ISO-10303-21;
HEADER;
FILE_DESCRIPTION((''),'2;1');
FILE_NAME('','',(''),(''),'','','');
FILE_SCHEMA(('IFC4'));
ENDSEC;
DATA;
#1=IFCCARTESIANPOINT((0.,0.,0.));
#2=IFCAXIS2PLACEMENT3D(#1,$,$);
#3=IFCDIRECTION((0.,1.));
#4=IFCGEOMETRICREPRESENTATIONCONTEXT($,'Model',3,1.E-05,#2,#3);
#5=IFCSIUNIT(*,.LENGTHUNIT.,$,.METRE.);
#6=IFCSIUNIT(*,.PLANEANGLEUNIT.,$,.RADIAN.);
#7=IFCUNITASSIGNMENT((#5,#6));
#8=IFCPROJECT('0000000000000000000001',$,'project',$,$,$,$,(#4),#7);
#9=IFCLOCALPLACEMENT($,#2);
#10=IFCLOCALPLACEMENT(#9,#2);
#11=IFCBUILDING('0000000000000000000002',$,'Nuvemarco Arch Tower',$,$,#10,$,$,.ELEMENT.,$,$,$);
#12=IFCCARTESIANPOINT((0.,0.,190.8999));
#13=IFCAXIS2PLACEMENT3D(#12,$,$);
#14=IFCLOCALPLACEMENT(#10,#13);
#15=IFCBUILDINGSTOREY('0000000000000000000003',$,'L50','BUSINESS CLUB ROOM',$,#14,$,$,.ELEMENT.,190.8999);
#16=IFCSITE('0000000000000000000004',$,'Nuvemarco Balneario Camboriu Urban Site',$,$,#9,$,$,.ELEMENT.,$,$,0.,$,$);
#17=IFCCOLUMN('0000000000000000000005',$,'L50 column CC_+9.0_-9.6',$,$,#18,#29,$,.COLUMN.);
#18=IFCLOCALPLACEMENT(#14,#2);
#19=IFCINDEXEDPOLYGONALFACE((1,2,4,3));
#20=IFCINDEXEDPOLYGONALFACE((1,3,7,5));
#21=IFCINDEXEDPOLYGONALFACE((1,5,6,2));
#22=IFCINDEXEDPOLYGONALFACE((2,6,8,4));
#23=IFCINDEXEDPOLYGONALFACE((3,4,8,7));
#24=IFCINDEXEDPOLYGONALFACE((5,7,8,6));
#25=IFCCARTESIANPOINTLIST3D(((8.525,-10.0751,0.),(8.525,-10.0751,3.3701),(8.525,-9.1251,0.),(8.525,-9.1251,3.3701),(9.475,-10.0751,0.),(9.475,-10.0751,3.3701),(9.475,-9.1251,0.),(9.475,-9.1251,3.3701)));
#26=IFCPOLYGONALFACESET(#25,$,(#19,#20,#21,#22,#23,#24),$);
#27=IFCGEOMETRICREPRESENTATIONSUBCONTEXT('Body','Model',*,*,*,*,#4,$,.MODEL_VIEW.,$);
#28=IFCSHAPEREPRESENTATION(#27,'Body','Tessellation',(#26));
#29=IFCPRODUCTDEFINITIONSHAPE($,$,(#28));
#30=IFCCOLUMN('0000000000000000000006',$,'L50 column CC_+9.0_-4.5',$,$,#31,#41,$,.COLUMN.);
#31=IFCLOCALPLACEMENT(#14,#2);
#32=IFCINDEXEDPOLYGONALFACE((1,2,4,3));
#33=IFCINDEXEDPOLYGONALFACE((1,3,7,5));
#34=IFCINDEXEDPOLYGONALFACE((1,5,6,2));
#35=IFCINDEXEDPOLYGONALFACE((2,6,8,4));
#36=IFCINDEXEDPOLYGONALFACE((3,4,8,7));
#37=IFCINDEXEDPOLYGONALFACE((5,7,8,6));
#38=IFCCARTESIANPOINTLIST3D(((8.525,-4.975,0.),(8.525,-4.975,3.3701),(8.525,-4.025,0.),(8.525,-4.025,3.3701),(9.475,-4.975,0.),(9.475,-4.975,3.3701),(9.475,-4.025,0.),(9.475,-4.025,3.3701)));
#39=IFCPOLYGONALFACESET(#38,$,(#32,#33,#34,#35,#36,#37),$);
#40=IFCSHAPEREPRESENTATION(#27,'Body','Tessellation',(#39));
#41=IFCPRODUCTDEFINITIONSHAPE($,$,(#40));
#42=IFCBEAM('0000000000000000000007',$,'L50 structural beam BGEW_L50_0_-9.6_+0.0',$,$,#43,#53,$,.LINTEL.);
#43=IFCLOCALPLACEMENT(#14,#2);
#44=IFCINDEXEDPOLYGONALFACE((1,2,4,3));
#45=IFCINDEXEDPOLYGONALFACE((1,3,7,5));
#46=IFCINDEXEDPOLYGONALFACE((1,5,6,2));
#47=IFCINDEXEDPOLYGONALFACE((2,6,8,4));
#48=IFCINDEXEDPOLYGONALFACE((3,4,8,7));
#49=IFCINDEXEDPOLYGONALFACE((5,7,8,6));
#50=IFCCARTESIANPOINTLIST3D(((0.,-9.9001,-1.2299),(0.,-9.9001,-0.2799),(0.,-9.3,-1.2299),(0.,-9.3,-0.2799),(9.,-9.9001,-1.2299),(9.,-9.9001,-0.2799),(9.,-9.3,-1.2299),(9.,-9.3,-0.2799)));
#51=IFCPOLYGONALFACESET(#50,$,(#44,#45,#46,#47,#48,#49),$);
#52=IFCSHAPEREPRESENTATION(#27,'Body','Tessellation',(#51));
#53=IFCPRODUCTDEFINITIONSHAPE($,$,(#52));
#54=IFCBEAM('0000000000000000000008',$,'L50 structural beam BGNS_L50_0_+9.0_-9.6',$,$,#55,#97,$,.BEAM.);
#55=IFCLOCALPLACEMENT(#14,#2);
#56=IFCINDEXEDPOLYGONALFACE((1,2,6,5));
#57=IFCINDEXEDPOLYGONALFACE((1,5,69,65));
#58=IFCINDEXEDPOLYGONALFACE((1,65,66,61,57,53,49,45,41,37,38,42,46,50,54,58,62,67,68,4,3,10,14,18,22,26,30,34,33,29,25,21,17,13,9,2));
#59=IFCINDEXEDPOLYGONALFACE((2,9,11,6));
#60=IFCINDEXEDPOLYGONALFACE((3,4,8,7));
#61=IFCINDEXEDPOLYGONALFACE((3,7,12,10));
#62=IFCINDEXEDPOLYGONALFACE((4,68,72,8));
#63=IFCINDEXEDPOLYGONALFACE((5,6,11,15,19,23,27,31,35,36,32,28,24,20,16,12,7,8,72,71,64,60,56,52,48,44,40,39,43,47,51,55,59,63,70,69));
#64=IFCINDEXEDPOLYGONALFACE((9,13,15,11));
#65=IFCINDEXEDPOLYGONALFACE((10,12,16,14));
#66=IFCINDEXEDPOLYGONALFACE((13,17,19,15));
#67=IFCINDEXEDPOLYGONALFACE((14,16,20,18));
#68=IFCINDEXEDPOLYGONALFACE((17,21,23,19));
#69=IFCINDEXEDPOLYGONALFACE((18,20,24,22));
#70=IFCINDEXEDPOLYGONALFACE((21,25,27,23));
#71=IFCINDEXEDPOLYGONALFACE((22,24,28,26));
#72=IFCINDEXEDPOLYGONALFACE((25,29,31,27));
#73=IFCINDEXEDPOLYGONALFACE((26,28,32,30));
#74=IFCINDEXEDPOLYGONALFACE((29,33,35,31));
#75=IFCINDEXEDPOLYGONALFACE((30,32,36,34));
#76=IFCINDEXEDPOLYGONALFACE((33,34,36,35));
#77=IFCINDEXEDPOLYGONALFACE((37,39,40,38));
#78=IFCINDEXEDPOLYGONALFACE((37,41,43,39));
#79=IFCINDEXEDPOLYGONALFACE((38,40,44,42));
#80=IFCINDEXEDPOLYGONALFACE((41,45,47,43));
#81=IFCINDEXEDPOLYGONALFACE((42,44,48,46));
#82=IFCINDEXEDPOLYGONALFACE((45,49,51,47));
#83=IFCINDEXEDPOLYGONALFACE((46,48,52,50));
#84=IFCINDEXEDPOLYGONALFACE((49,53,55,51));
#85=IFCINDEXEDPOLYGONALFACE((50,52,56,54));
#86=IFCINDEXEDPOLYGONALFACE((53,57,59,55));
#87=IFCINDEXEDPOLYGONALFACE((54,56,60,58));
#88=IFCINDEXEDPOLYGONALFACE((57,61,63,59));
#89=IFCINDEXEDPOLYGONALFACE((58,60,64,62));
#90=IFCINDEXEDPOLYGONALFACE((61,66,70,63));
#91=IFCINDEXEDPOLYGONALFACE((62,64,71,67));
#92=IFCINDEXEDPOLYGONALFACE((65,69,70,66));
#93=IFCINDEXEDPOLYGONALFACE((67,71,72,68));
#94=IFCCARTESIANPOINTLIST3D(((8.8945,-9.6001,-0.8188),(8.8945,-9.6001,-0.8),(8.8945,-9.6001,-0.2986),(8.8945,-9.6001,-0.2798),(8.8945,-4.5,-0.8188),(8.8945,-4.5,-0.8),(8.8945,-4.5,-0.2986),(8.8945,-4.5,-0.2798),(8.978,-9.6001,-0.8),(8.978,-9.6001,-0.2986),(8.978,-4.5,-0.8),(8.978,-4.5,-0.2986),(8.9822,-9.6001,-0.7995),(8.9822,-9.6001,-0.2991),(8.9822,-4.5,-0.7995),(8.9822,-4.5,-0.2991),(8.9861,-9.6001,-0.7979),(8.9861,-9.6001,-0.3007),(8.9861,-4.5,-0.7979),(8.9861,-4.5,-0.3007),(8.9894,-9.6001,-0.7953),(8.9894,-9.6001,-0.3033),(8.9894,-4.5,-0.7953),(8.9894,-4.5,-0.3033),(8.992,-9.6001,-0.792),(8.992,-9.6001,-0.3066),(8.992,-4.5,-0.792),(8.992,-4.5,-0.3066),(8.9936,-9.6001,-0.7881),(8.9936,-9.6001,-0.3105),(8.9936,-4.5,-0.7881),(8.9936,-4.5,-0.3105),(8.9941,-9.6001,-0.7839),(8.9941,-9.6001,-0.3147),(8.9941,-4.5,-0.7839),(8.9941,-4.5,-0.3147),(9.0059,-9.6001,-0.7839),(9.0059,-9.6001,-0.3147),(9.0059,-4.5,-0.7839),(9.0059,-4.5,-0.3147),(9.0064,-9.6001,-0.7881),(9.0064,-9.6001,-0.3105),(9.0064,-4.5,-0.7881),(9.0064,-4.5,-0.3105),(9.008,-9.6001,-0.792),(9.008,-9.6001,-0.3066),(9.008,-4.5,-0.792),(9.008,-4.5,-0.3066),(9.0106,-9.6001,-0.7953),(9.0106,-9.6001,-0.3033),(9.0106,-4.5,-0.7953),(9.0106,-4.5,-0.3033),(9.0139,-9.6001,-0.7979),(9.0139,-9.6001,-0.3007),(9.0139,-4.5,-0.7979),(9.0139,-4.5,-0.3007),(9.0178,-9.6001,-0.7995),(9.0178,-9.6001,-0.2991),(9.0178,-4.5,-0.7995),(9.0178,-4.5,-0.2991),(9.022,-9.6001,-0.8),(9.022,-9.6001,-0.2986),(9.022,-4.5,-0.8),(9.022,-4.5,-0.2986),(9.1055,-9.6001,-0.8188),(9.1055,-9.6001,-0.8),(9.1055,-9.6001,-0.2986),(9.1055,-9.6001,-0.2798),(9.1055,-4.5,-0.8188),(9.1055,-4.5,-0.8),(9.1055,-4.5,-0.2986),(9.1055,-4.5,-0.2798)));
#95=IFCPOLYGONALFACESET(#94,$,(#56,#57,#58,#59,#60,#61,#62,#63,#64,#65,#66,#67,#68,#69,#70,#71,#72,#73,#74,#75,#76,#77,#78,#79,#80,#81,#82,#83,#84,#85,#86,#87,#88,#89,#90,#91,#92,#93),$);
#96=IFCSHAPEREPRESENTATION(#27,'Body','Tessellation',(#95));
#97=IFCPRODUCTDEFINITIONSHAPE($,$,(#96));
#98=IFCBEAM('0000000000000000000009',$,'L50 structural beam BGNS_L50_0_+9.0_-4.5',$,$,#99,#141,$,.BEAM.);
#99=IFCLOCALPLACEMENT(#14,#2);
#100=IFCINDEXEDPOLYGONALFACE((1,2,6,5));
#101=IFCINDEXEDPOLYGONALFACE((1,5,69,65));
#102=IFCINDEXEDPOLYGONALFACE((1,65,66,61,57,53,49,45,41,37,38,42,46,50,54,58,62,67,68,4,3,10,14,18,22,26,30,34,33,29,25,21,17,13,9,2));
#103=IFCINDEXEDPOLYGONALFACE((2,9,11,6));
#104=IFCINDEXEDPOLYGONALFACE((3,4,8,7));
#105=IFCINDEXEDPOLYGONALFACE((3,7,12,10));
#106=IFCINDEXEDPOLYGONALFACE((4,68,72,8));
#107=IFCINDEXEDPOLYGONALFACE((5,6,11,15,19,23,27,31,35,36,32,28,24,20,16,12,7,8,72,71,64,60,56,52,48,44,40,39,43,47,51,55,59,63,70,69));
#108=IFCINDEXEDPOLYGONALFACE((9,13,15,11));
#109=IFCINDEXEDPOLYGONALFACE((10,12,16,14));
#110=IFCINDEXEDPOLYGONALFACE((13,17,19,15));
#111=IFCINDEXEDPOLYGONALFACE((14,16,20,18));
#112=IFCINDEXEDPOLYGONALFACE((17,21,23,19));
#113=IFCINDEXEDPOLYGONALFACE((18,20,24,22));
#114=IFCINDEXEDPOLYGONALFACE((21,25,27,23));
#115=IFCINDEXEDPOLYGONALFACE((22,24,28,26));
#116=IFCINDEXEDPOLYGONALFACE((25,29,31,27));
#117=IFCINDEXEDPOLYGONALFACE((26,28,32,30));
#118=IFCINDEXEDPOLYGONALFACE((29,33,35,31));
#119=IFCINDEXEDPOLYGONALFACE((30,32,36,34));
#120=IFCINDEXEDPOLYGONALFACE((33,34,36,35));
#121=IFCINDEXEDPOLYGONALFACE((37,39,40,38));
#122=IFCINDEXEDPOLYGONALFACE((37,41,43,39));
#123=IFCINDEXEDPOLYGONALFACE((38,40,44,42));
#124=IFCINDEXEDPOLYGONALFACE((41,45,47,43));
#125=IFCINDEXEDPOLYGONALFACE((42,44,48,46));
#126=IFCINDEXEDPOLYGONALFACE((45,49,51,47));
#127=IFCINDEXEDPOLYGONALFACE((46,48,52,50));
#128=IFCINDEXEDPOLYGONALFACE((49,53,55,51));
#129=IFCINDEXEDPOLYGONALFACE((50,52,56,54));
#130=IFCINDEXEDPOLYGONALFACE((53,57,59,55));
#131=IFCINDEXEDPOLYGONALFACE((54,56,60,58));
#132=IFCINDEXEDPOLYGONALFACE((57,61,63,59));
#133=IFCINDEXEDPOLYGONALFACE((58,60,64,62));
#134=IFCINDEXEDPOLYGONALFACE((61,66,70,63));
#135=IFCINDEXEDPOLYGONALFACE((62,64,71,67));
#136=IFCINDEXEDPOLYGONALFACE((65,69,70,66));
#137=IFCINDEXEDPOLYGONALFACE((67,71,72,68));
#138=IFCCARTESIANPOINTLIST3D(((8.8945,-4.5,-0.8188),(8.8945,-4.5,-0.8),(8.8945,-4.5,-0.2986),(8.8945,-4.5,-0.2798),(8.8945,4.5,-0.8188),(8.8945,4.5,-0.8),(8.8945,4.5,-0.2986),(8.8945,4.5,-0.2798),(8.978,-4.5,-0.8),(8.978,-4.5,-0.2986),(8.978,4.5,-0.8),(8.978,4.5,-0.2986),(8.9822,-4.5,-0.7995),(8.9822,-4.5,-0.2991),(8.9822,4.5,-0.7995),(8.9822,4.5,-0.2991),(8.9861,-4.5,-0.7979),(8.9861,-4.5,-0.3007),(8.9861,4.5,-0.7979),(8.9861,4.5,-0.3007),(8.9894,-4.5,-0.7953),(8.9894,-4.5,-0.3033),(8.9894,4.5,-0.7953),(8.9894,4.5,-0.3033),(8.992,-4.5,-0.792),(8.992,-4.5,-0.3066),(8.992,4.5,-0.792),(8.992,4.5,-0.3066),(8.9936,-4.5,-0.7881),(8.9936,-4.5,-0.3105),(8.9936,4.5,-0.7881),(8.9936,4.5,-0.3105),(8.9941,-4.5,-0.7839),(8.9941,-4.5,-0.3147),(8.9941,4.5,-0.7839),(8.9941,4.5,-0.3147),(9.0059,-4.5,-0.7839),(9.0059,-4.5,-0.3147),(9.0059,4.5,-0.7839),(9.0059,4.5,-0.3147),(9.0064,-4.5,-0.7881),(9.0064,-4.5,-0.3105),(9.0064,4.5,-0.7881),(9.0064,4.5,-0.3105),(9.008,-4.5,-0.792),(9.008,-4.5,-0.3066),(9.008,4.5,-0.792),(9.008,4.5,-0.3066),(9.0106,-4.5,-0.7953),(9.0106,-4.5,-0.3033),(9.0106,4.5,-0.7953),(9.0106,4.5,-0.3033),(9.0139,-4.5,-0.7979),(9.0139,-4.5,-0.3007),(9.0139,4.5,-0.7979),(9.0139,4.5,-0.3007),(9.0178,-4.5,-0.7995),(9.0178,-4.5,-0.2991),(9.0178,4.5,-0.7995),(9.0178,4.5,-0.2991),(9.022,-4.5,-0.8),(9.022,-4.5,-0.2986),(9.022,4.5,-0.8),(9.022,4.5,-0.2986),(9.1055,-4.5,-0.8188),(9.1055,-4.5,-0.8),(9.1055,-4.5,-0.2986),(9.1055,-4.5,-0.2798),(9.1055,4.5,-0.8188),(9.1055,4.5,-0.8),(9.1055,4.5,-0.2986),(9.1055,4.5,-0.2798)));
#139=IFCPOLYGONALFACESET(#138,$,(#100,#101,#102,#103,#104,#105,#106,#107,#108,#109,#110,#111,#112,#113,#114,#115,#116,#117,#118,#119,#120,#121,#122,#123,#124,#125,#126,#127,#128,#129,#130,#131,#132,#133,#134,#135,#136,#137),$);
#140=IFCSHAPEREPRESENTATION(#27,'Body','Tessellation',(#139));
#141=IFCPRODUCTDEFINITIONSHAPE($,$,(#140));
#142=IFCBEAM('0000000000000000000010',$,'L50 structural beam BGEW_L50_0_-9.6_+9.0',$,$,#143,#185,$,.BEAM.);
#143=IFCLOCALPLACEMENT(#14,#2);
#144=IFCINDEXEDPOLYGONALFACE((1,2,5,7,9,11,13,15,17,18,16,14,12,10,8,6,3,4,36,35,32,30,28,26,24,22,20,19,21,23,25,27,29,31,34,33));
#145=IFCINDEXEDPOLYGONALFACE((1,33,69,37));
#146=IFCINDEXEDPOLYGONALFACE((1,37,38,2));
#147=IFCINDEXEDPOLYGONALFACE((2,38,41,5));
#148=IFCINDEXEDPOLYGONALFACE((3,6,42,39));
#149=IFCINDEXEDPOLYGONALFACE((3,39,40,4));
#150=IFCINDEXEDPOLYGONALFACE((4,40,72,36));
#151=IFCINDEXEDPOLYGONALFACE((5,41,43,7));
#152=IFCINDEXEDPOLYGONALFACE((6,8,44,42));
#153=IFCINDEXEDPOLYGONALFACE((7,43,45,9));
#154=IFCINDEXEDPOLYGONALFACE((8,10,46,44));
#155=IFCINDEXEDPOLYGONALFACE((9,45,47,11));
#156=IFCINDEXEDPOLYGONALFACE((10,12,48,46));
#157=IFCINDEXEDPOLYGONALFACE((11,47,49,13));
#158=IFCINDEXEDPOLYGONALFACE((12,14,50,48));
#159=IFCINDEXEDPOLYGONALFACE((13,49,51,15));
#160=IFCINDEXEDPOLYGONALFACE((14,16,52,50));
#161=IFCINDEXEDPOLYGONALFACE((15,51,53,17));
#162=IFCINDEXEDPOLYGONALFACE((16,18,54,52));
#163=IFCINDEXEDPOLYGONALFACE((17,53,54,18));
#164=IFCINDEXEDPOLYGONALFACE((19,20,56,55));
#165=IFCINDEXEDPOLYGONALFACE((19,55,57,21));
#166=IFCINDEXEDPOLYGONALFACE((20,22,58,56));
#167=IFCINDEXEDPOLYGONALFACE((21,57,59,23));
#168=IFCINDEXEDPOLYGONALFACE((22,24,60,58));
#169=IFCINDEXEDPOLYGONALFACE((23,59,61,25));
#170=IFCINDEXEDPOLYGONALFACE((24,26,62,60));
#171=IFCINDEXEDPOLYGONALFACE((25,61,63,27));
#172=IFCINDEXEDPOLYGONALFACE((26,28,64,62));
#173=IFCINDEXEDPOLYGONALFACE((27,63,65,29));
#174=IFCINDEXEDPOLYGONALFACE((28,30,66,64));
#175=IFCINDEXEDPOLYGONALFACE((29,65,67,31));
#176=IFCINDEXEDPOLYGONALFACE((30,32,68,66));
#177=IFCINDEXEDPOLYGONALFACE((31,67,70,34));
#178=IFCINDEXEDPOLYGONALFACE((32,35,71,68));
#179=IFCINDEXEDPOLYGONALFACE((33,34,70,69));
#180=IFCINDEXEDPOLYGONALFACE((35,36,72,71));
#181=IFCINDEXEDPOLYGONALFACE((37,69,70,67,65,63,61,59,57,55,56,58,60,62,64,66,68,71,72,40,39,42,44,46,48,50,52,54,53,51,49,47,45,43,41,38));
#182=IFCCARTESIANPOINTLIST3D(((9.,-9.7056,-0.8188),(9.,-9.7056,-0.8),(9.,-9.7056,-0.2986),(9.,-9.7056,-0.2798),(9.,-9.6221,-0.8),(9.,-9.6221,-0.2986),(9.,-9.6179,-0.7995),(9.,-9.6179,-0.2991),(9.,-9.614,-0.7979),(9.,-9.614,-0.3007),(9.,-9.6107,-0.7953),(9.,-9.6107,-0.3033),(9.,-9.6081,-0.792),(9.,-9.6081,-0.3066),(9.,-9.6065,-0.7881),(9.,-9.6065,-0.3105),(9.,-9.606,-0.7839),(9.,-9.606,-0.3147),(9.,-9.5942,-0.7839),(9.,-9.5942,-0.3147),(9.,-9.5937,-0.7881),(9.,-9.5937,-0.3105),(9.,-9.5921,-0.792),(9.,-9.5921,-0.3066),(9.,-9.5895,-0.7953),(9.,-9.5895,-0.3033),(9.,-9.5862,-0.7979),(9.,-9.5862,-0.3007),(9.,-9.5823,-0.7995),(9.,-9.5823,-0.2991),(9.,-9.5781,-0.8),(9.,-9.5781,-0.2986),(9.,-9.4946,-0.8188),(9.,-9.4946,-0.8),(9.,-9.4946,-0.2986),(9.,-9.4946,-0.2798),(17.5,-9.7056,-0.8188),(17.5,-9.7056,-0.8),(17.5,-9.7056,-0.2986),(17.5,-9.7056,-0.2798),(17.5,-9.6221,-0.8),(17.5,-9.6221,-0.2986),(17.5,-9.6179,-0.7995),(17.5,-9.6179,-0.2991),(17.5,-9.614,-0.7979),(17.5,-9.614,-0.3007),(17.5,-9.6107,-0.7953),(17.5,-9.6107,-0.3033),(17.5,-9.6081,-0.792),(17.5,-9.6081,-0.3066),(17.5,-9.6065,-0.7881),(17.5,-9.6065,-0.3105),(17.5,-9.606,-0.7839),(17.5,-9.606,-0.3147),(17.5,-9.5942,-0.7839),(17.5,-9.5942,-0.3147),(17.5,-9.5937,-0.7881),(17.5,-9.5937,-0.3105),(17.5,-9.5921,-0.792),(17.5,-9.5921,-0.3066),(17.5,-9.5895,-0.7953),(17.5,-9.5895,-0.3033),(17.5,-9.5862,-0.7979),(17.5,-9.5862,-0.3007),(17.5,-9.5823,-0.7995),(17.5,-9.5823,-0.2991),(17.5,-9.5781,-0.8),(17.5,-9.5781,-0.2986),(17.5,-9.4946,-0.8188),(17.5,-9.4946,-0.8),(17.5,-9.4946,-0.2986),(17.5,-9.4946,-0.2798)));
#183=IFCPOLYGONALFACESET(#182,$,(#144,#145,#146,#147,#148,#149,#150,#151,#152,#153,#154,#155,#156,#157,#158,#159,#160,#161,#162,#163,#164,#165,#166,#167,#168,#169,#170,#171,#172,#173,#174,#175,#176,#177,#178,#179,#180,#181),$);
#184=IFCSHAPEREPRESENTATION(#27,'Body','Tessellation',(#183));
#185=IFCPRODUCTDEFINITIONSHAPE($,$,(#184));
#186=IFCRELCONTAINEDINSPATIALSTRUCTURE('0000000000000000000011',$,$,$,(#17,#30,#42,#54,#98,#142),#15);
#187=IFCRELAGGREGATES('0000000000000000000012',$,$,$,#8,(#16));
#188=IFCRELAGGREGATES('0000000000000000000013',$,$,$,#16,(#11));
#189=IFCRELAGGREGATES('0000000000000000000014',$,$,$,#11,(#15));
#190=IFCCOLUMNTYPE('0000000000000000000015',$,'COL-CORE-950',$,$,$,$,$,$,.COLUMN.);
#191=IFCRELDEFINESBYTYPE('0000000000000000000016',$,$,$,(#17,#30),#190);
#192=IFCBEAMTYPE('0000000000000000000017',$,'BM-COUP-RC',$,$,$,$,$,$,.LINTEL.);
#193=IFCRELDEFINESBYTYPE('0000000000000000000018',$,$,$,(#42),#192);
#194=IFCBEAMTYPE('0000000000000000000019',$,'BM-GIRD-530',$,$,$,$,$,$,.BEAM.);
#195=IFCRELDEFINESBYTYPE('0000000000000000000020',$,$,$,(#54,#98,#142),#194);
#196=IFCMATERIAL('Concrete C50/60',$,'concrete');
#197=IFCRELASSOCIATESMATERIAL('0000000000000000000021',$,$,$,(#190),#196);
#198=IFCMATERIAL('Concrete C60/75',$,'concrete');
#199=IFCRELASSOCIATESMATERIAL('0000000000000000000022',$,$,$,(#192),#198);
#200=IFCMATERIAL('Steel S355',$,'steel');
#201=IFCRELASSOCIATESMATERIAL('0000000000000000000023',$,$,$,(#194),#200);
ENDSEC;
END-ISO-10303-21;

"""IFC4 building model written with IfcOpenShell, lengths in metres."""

from ifc_helpers import new_model, si_unit, direction, frame, origin, origin_2d, place, context, subcontext, project, spatial, rectangle, i_section, extrude, material, material_profile, profile_set, type_object, element, save


model = new_model("IFC4")

# Units and contexts
model_context = context("Model", 3, precision=1e-05, world=origin(), true_north=direction((0.0, 1.0)))
body_context = subcontext(model_context, "Body", "Model", "MODEL_VIEW")
ifc_project = project(units=[si_unit("LENGTHUNIT", "METRE"), si_unit("PLANEANGLEUNIT", "RADIAN")], contexts=[model_context])

# Site, building, storey
site_placement = place(None, origin())
site = spatial("IfcSite", under=ifc_project, at=site_placement, Name="Nuvemarco Balneario Camboriu Urban Site", CompositionType="ELEMENT", RefElevation=0.0)
building_placement = place(site_placement, origin())
building = spatial("IfcBuilding", under=site, at=building_placement, Name="Nuvemarco Arch Tower", CompositionType="ELEMENT")
storey_placement = place(building_placement, frame((0.0, 0.0, 190.8999)))
storey = spatial("IfcBuildingStorey", under=building, at=storey_placement, Name="L50", Description="BUSINESS CLUB ROOM", CompositionType="ELEMENT", Elevation=190.8999)

# Columns
ifc_material_1 = material(Name="Concrete C50/60", Category="concrete")
ifc_material_profile_1 = material_profile(ifc_material_1, rectangle(XDim=0.95, YDim=0.95, at=origin_2d()), Name="RC-COL-950x950")
ifc_profile_set_1 = profile_set([ifc_material_profile_1], Name="Concrete C50/60")
column_type = type_object("IfcColumnType", Name="COL-CORE-950", PredefinedType="COLUMN", material=ifc_profile_set_1)
for number, where, z_axis, x_axis, name in (
    (1, (9.0, -9.6001, 0.0), (0.0, 0.0, 1.0), (1.0, 0.0, 0.0), "L50 column CC_+9.0_-9.6"),
    (2, (9.0, -4.5, 0.0), (0.0, 0.0, 1.0), (1.0, 0.0, 0.0), "L50 column CC_+9.0_-4.5"),
):
    element("IfcColumn", number, at=place(storey_placement, frame(where, z_axis=z_axis, x_axis=x_axis)), inside=storey, type_object=column_type, Name=name, PredefinedType="COLUMN", context=body_context, shape_type="SweptSolid", body=[
        extrude(rectangle(XDim=0.95, YDim=0.95, at=origin_2d()), origin(), (0.0, 0.0, 1.0), 3.3701),
    ])

# Beams
ifc_material_2 = material(Name="Concrete C60/75", Category="concrete")
ifc_material_profile_2 = material_profile(ifc_material_2, rectangle(XDim=0.6001, YDim=0.95, at=origin_2d()), Name="RC-BM-600x950")
ifc_profile_set_2 = profile_set([ifc_material_profile_2], Name="Concrete C60/75")
beam_type_1 = type_object("IfcBeamType", Name="BM-COUP-RC", PredefinedType="LINTEL", material=ifc_profile_set_2)
beam_1_placement = place(storey_placement, frame((0.0, -9.6001, -0.7549), z_axis=(1.0, 0.0, 0.0), x_axis=(0.0, 1.0, 0.0)))
element("IfcBeam", 3, at=beam_1_placement, inside=storey, type_object=beam_type_1, Name="L50 structural beam BGEW_L50_0_-9.6_+0.0", PredefinedType="LINTEL", context=body_context, shape_type="SweptSolid", body=[
    extrude(rectangle(XDim=0.6001, YDim=0.95, at=origin_2d()), origin(), (0.0, 0.0, 1.0), 9.0),
])
ifc_material_3 = material(Name="Steel S355", Category="steel")
ifc_material_profile_3 = material_profile(ifc_material_3, i_section(OverallWidth=0.2109, OverallDepth=0.5391, WebThickness=0.0117, FlangeThickness=0.0188, FilletRadius=0.0161, at=origin_2d()), Name="W530x109")
ifc_profile_set_3 = profile_set([ifc_material_profile_3], Name="Steel S355")
beam_type_2 = type_object("IfcBeamType", Name="BM-GIRD-530", PredefinedType="BEAM", material=ifc_profile_set_3)
beam_2_placement = place(storey_placement, frame((9.0, -9.6001, -0.5493), z_axis=(0.0, 1.0, 0.0), x_axis=(-1.0, 0.0, 0.0)))
element("IfcBeam", 4, at=beam_2_placement, inside=storey, type_object=beam_type_2, Name="L50 structural beam BGNS_L50_0_+9.0_-9.6", PredefinedType="BEAM", context=body_context, shape_type="SweptSolid", body=[
    extrude(i_section(OverallWidth=0.2109, OverallDepth=0.5391, WebThickness=0.0117, FlangeThickness=0.0188, FilletRadius=0.0161, at=origin_2d()), origin(), (0.0, 0.0, 1.0), 5.1001),
])
beam_3_placement = place(storey_placement, frame((9.0, -4.5, -0.5493), z_axis=(0.0, 1.0, 0.0), x_axis=(-1.0, 0.0, 0.0)))
element("IfcBeam", 5, at=beam_3_placement, inside=storey, type_object=beam_type_2, Name="L50 structural beam BGNS_L50_0_+9.0_-4.5", PredefinedType="BEAM", context=body_context, shape_type="SweptSolid", body=[
    extrude(i_section(OverallWidth=0.2109, OverallDepth=0.5391, WebThickness=0.0117, FlangeThickness=0.0188, FilletRadius=0.0161, at=origin_2d()), origin(), (0.0, 0.0, 1.0), 9.0),
])
beam_4_placement = place(storey_placement, frame((9.0, -9.6001, -0.5493), z_axis=(1.0, 0.0, 0.0), x_axis=(0.0, 1.0, 0.0)))
element("IfcBeam", 6, at=beam_4_placement, inside=storey, type_object=beam_type_2, Name="L50 structural beam BGEW_L50_0_-9.6_+9.0", PredefinedType="BEAM", context=body_context, shape_type="SweptSolid", body=[
    extrude(i_section(OverallWidth=0.2109, OverallDepth=0.5391, WebThickness=0.0117, FlangeThickness=0.0188, FilletRadius=0.0161, at=origin_2d()), origin(), (0.0, 0.0, 1.0), 8.5),
])

save(model, "model.ifc")
